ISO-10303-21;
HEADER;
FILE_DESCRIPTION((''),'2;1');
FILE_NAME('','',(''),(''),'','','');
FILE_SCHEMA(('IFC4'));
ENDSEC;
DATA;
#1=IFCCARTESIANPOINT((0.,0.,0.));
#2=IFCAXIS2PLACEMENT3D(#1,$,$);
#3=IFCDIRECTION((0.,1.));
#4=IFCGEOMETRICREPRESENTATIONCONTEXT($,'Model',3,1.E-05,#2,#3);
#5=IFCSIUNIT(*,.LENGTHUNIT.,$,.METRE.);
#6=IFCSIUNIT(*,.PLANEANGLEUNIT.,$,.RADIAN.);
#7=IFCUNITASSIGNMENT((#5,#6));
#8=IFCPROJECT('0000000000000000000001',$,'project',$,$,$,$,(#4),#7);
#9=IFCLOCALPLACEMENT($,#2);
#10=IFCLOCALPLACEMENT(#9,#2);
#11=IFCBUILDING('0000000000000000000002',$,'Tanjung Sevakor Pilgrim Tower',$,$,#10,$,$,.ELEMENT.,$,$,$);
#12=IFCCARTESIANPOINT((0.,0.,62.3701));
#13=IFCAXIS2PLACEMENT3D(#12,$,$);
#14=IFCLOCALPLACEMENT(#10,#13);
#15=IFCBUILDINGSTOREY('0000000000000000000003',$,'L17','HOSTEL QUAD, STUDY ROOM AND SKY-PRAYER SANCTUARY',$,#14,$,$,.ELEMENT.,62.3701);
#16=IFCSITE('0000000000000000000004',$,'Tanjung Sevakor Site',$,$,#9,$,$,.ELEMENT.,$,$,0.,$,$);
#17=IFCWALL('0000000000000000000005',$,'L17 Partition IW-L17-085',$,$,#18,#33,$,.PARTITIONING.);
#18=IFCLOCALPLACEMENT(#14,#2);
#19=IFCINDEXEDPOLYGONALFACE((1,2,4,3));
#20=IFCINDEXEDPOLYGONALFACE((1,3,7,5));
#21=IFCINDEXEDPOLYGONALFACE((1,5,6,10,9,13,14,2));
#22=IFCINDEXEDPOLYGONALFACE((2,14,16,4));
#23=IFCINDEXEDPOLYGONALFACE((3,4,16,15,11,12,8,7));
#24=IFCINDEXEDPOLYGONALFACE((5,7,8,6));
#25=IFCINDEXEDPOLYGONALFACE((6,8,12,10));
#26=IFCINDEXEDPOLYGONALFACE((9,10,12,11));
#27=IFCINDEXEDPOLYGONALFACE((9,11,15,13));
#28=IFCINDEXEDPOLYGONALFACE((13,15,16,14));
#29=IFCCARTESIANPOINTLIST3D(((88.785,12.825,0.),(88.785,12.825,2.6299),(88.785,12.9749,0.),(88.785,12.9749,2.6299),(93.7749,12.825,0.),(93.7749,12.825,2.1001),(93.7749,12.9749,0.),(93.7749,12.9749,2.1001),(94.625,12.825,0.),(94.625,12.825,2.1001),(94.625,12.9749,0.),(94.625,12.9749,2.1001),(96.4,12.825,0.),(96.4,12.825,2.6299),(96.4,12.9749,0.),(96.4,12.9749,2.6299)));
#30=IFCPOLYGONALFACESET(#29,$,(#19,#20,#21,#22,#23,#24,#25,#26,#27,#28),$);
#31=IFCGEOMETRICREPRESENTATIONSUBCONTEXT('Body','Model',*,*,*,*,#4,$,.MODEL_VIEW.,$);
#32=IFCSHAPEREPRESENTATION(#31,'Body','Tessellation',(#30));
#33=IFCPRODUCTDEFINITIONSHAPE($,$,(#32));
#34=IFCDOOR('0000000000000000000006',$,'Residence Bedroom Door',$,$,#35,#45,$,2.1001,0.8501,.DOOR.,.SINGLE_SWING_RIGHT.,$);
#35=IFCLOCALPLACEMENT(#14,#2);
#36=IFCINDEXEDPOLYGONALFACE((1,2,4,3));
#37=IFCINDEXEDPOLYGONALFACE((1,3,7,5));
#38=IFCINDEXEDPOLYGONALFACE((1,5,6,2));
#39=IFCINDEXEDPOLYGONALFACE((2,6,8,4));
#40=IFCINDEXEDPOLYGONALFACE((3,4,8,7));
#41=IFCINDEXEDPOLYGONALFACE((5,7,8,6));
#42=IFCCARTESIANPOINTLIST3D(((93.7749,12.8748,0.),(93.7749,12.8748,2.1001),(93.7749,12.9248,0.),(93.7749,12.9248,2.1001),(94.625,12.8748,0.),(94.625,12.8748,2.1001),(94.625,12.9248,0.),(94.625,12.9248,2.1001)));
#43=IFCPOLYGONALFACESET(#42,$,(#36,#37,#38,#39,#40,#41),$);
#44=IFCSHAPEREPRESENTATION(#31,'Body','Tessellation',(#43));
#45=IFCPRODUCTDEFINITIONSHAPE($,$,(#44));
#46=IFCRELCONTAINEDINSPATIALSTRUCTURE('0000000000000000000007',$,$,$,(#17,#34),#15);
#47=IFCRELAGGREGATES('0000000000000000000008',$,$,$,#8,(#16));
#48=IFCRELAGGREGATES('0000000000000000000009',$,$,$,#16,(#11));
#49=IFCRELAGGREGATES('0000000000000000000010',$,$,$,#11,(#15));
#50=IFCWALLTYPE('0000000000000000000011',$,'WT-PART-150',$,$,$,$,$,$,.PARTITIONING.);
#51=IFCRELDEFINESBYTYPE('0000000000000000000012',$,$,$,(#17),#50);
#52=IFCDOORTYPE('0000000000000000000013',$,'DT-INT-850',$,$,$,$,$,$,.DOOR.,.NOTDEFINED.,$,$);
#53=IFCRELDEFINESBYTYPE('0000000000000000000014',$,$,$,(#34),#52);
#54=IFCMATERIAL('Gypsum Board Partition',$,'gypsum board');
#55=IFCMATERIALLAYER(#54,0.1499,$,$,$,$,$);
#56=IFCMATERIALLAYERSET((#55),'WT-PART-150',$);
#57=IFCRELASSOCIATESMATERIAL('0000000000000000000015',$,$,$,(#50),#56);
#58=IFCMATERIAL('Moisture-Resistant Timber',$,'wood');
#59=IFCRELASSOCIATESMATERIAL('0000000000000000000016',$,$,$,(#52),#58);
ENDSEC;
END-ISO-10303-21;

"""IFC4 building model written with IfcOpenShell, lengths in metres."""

from ifc_helpers import new_model, si_unit, direction, frame, frame_2d, origin, place, context, subcontext, project, spatial, rectangle, extrude, material, layer, layer_set, type_object, element, fill, save


model = new_model("IFC4")

# Units and contexts
model_context = context("Model", 3, precision=1e-05, world=origin(), true_north=direction((0.0, 1.0)))
body_context = subcontext(model_context, "Body", "Model", "MODEL_VIEW")
ifc_project = project(units=[si_unit("LENGTHUNIT", "METRE"), si_unit("PLANEANGLEUNIT", "RADIAN")], contexts=[model_context])

# Site, building, storey
site_placement = place(None, origin())
site = spatial("IfcSite", under=ifc_project, at=site_placement, Name="Tanjung Sevakor Site", CompositionType="ELEMENT", RefElevation=0.0)
building_placement = place(site_placement, origin())
building = spatial("IfcBuilding", under=site, at=building_placement, Name="Tanjung Sevakor Pilgrim Tower", CompositionType="ELEMENT")
storey_placement = place(building_placement, frame((0.0, 0.0, 62.3701)))
storey = spatial("IfcBuildingStorey", under=building, at=storey_placement, Name="L17", Description="HOSTEL QUAD, STUDY ROOM AND SKY-PRAYER SANCTUARY", CompositionType="ELEMENT", Elevation=62.3701)

# Shared definitions
ifc_material_1 = material(Name="Gypsum Board Partition", Category="gypsum board")
ifc_layer_1 = layer(ifc_material_1, 0.1499)
ifc_layer_set_1 = layer_set([ifc_layer_1], Name="WT-PART-150")
wall_type_1 = type_object("IfcWallType", Name="WT-PART-150", PredefinedType="PARTITIONING", material=ifc_layer_set_1)

# Wall, opening, door
wall_1_placement = place(storey_placement, frame((88.7849, 12.8999, 0.0), z_axis=(0.0, 0.0, 1.0), x_axis=(1.0, 0.0, 0.0)))
wall_1 = element("IfcWall", 1, at=wall_1_placement, inside=storey, type_object=wall_type_1, Name="L17 Partition IW-L17-085", PredefinedType="PARTITIONING", context=body_context, shape_type="SweptSolid", body=[
    extrude(rectangle(XDim=7.615, YDim=0.1499, at=frame_2d((3.8076, 0.0))), origin(), (0.0, 0.0, 1.0), 2.6299),
])
opening_1_placement = place(wall_1_placement, frame((4.99, 0.0, 0.0)))
opening_1 = element("IfcOpeningElement", 2, at=opening_1_placement, cuts=wall_1, PredefinedType="OPENING", context=body_context, shape_type="SweptSolid", body=[
    extrude(rectangle(XDim=0.8501, YDim=2.1001, at=frame_2d((0.425, 1.05))), frame((0.0, 0.085, 0.0), z_axis=(0.0, -1.0, 0.0), x_axis=(1.0, 0.0, 0.0)), (0.0, 0.0, 1.0), 0.1699),
])
ifc_material_2 = material(Name="Moisture-Resistant Timber", Category="wood")
door_type_1 = type_object("IfcDoorType", Name="DT-INT-850", OperationType="NOTDEFINED", PredefinedType="DOOR", material=ifc_material_2)
door_1_placement = place(opening_1_placement, origin())
door_1 = element("IfcDoor", 3, at=door_1_placement, inside=storey, type_object=door_type_1, Name="Residence Bedroom Door", OperationType="SINGLE_SWING_RIGHT", OverallHeight=2.1001, OverallWidth=0.8501, PredefinedType="DOOR", context=body_context, shape_type="SweptSolid", body=[
    extrude(rectangle(XDim=0.8501, YDim=2.1001, at=frame_2d((0.425, 1.05))), frame((0.0, 0.0249, 0.0), z_axis=(0.0, -1.0, 0.0), x_axis=(1.0, 0.0, 0.0)), (0.0, 0.0, 1.0), 0.05),
])
fill(opening_1, door_1)

save(model, "model.ifc")
